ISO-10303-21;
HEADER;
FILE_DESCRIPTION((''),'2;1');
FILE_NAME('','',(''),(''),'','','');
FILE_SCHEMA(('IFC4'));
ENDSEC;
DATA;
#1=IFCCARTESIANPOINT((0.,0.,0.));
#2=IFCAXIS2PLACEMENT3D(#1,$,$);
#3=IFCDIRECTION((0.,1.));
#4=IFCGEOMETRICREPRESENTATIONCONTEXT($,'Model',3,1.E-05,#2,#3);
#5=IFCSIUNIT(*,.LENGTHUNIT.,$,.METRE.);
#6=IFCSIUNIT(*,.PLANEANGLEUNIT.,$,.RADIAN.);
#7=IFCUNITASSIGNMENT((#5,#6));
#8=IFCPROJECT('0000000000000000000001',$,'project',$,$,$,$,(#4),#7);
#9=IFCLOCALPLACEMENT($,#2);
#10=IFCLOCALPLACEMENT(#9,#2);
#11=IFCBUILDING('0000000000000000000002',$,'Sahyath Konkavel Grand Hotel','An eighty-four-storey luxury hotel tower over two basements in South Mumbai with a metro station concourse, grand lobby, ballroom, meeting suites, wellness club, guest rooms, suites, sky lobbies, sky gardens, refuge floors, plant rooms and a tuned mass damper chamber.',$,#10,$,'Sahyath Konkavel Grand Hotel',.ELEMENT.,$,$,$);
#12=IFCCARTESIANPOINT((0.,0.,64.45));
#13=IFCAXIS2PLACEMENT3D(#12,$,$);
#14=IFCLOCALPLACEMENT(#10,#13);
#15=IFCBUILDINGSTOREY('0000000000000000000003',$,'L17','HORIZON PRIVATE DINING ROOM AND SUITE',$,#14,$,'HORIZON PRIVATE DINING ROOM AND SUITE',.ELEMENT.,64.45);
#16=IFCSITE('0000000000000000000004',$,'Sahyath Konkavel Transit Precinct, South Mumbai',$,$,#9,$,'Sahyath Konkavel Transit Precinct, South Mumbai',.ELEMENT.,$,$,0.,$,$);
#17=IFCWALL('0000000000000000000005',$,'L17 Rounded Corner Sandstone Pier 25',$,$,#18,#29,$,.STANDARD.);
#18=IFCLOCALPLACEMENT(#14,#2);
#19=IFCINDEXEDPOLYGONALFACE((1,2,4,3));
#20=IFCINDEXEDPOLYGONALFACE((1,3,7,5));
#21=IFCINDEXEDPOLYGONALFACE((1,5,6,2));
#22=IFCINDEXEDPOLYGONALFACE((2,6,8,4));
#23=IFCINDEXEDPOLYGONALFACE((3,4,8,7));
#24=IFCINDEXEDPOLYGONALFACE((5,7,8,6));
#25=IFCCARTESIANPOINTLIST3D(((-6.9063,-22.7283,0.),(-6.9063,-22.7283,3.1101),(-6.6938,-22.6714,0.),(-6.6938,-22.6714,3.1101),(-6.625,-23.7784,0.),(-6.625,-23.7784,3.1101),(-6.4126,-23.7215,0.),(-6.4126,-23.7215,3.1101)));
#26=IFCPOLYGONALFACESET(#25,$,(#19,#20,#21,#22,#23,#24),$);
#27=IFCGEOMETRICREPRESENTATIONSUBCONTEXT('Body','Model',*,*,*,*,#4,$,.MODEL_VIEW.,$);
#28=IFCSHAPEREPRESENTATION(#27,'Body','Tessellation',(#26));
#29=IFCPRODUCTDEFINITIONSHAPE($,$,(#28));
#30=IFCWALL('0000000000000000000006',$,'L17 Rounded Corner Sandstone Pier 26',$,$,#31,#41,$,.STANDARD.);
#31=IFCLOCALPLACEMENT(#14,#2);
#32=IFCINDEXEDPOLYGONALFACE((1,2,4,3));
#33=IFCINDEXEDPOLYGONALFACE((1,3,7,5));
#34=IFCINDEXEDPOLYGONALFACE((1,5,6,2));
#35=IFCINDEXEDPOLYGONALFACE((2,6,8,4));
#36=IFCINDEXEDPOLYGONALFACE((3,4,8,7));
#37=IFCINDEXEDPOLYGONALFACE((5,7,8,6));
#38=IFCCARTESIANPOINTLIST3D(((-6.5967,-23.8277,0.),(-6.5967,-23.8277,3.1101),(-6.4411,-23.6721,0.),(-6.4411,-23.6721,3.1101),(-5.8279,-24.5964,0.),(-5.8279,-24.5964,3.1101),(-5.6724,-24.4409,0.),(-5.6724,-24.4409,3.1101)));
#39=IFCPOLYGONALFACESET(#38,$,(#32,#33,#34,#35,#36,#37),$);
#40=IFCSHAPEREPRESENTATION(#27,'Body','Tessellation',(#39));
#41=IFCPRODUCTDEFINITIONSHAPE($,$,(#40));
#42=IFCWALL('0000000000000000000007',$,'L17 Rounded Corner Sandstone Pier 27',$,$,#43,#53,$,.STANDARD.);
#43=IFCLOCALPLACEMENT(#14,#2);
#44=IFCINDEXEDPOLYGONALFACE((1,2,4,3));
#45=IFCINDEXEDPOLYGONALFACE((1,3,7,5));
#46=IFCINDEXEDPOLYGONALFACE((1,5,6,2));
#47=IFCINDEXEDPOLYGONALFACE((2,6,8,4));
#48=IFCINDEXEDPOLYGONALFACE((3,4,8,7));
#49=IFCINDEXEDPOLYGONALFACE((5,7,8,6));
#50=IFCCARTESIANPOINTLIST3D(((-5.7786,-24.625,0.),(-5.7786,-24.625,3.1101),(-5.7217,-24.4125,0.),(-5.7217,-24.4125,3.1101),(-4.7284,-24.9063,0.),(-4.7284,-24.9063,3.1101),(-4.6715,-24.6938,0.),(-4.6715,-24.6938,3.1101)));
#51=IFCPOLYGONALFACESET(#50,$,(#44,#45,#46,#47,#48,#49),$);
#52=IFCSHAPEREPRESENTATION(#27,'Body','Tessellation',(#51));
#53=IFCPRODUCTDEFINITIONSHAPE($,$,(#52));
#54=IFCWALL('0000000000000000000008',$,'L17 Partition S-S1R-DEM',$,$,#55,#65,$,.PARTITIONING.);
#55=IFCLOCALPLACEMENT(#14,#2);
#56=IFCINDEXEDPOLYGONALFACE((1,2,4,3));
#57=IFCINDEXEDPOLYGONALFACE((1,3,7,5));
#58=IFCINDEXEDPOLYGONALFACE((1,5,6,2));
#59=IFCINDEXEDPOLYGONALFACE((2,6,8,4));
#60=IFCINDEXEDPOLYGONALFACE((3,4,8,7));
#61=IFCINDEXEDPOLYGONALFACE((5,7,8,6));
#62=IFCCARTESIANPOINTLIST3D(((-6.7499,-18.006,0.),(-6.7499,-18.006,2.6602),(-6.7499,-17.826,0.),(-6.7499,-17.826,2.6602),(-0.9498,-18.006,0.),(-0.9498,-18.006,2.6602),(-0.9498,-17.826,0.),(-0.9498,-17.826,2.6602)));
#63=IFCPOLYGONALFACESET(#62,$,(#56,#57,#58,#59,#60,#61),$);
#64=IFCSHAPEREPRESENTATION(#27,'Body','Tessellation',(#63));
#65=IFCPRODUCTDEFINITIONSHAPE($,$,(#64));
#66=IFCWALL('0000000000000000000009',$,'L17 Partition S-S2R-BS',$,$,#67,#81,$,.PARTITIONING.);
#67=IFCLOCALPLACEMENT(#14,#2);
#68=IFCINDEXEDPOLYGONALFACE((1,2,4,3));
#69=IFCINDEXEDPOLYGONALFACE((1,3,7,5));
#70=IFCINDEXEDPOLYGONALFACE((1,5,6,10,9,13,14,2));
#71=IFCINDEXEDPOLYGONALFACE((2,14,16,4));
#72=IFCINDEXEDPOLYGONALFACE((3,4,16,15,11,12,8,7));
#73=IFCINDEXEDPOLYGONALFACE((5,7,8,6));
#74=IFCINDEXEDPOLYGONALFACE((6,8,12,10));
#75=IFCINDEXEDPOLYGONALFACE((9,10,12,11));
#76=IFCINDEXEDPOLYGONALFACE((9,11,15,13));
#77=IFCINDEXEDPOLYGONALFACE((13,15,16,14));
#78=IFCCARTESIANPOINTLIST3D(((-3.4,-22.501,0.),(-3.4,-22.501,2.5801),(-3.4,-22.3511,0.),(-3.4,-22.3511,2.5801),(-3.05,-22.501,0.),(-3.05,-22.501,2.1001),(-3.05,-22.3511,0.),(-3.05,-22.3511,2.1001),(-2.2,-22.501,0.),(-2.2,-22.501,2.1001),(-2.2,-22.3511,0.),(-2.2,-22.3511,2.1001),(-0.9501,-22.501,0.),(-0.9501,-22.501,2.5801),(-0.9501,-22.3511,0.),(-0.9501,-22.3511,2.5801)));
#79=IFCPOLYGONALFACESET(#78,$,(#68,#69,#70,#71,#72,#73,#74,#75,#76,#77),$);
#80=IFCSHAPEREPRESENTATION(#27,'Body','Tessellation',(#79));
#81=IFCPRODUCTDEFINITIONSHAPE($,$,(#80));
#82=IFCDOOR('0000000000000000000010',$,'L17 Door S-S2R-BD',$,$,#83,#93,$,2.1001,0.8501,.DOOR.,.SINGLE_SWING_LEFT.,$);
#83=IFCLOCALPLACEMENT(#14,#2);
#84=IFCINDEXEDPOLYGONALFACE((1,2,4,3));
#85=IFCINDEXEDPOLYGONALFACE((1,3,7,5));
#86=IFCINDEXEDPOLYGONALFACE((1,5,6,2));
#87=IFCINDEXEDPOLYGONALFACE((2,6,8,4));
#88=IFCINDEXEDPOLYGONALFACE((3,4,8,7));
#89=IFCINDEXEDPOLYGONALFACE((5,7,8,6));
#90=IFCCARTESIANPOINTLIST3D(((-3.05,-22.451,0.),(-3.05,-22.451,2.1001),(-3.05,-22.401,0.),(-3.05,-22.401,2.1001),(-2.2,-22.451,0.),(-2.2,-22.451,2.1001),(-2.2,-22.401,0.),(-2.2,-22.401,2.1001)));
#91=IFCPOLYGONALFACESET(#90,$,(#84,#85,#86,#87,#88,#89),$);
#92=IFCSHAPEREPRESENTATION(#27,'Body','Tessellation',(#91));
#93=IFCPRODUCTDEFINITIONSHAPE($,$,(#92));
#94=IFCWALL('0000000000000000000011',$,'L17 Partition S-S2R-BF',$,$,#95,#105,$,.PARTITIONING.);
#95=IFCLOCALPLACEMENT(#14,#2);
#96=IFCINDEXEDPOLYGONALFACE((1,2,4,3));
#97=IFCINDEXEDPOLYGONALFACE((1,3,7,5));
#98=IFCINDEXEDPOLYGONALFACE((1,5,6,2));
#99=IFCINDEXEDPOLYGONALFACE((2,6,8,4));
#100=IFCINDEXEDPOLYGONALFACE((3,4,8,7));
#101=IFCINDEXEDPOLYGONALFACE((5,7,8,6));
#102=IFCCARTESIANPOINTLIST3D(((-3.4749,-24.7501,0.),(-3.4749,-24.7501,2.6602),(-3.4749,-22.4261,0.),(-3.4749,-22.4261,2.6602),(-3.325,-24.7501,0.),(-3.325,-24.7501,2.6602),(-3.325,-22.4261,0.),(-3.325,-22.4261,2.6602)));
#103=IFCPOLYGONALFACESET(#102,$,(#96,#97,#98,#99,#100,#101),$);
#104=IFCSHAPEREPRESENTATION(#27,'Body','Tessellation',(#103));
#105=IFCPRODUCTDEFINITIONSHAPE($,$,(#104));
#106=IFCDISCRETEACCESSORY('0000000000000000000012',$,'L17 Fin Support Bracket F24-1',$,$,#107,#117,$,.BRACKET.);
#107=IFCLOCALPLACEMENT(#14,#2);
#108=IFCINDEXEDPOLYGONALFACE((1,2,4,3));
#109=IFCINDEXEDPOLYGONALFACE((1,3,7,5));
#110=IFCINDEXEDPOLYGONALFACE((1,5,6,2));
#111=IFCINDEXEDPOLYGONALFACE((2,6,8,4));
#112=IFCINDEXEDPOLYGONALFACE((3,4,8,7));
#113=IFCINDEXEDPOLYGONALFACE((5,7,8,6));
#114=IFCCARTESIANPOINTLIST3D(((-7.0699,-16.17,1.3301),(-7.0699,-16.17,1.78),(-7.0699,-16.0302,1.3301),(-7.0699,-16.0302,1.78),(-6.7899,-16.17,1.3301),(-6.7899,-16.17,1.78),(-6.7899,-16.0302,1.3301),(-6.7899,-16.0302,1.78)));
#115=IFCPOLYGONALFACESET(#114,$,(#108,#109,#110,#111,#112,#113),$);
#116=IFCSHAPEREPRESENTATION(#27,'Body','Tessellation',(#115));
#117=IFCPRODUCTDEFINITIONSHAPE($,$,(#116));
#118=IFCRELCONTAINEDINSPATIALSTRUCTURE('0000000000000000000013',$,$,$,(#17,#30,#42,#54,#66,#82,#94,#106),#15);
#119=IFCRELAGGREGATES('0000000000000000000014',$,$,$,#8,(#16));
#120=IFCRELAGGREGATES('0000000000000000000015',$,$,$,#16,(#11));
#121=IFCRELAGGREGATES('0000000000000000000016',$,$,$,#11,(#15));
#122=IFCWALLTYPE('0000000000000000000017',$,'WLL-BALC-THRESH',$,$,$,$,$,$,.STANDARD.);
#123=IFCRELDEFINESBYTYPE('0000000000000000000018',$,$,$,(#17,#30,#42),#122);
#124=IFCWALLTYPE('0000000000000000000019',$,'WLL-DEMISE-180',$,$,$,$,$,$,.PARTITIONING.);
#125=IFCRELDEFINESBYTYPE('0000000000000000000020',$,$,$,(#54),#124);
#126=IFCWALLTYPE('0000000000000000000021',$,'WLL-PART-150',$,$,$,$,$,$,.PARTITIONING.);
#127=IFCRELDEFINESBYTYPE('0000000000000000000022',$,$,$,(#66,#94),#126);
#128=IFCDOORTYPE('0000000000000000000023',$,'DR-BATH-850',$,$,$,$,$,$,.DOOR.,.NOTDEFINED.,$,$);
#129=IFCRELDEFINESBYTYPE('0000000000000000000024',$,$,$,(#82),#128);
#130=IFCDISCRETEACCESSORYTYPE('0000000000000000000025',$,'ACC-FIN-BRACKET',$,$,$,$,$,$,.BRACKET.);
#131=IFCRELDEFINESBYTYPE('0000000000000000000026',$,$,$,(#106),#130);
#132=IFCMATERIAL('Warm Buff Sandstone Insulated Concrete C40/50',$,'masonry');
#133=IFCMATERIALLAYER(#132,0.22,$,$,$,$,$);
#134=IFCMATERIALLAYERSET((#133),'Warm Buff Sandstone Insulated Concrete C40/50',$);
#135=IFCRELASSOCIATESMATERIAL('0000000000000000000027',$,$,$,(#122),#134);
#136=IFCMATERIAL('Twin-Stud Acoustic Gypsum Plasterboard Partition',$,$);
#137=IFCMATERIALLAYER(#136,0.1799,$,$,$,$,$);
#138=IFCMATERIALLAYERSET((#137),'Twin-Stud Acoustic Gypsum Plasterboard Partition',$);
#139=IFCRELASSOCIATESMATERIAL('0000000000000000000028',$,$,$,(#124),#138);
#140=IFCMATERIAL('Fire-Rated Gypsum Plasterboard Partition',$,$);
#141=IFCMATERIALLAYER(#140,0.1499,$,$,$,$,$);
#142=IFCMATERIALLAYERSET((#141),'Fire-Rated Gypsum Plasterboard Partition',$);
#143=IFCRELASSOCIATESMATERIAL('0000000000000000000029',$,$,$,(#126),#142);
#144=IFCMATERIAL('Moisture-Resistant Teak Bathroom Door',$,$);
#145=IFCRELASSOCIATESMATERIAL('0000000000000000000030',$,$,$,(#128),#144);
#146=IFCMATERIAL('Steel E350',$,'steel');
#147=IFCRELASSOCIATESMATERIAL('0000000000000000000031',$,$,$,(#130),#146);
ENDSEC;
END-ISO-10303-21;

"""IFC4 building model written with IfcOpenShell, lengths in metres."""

from ifc_helpers import new_model, si_unit, direction, frame, frame_2d, origin, origin_2d, place, context, subcontext, project, spatial, rectangle, extrude, source, transform, mapped, material, layer, layer_set, type_object, element, fill, save


model = new_model("IFC4")

# Units and contexts
model_context = context("Model", 3, precision=1e-05, world=origin(), true_north=direction((0.0, 1.0)))
body_context = subcontext(model_context, "Body", "Model", "MODEL_VIEW")
ifc_project = project(units=[si_unit("LENGTHUNIT", "METRE"), si_unit("PLANEANGLEUNIT", "RADIAN")], contexts=[model_context])

# Site, building, storey
site_placement = place(None, origin())
site = spatial("IfcSite", under=ifc_project, at=site_placement, Name="Sahyath Konkavel Transit Precinct, South Mumbai", LongName="Sahyath Konkavel Transit Precinct, South Mumbai", CompositionType="ELEMENT", RefElevation=0.0)
building_placement = place(site_placement, origin())
building = spatial("IfcBuilding", under=site, at=building_placement, Name="Sahyath Konkavel Grand Hotel", Description="An eighty-four-storey luxury hotel tower over two basements in South Mumbai with a metro station concourse, grand lobby, ballroom, meeting suites, wellness club, guest rooms, suites, sky lobbies, sky gardens, refuge floors, plant rooms and a tuned mass damper chamber.", LongName="Sahyath Konkavel Grand Hotel", CompositionType="ELEMENT")
storey_placement = place(building_placement, frame((0.0, 0.0, 64.45)))
storey = spatial("IfcBuildingStorey", under=building, at=storey_placement, Name="L17", Description="HORIZON PRIVATE DINING ROOM AND SUITE", LongName="HORIZON PRIVATE DINING ROOM AND SUITE", CompositionType="ELEMENT", Elevation=64.45)

# Shared definitions
ifc_material_1 = material(Name="Steel E350", Category="steel")

# Walls
ifc_material_2 = material(Name="Warm Buff Sandstone Insulated Concrete C40/50", Category="masonry")
ifc_layer_1 = layer(ifc_material_2, 0.22)
ifc_layer_set_1 = layer_set([ifc_layer_1], Name="Warm Buff Sandstone Insulated Concrete C40/50")
wall_type_1 = type_object("IfcWallType", Name="WLL-BALC-THRESH", PredefinedType="STANDARD", material=ifc_layer_set_1)
for number, where, z_axis, x_axis, name in (
    (1, (-6.8, -22.7, 0.0), (0.0, 0.0, 1.0), (0.258725, -0.965951, 0.0), "L17 Rounded Corner Sandstone Pier 25"),
    (2, (-6.5188, -23.75, 0.0), (0.0, 0.0, 1.0), (0.707107, -0.707107, 0.0), "L17 Rounded Corner Sandstone Pier 26"),
    (3, (-5.75, -24.5188, 0.0), (0.0, 0.0, 1.0), (0.965951, -0.258725, 0.0), "L17 Rounded Corner Sandstone Pier 27"),
):
    element("IfcWall", number, at=place(storey_placement, frame(where, z_axis=z_axis, x_axis=x_axis)), inside=storey, type_object=wall_type_1, Name=name, PredefinedType="STANDARD", context=body_context, shape_type="SweptSolid", body=[
        extrude(rectangle(XDim=1.0872, YDim=0.22, at=frame_2d((0.5435, 0.0))), origin(), (0.0, 0.0, 1.0), 3.1101),
    ])
ifc_material_3 = material(Name="Twin-Stud Acoustic Gypsum Plasterboard Partition")
ifc_layer_2 = layer(ifc_material_3, 0.1799)
ifc_layer_set_2 = layer_set([ifc_layer_2], Name="Twin-Stud Acoustic Gypsum Plasterboard Partition")
wall_type_2 = type_object("IfcWallType", Name="WLL-DEMISE-180", PredefinedType="PARTITIONING", material=ifc_layer_set_2)
wall_1_placement = place(storey_placement, frame((-0.95, -17.916, 0.0), z_axis=(0.0, 0.0, 1.0), x_axis=(-1.0, 0.0, 0.0)))
element("IfcWall", 4, at=wall_1_placement, inside=storey, type_object=wall_type_2, Name="L17 Partition S-S1R-DEM", PredefinedType="PARTITIONING", context=body_context, shape_type="SweptSolid", body=[
    extrude(rectangle(XDim=5.8, YDim=0.1799, at=frame_2d((2.8999, 0.0))), origin(), (0.0, 0.0, 1.0), 2.6602),
])

# Wall, opening, door
ifc_material_4 = material(Name="Fire-Rated Gypsum Plasterboard Partition")
ifc_layer_3 = layer(ifc_material_4, 0.1499)
ifc_layer_set_3 = layer_set([ifc_layer_3], Name="Fire-Rated Gypsum Plasterboard Partition")
wall_type_3 = type_object("IfcWallType", Name="WLL-PART-150", PredefinedType="PARTITIONING", material=ifc_layer_set_3)
wall_2_placement = place(storey_placement, frame((-0.95, -22.426, 0.0), z_axis=(0.0, 0.0, 1.0), x_axis=(-1.0, 0.0, 0.0)))
wall_2 = element("IfcWall", 5, at=wall_2_placement, inside=storey, type_object=wall_type_3, Name="L17 Partition S-S2R-BS", PredefinedType="PARTITIONING", context=body_context, shape_type="SweptSolid", body=[
    extrude(rectangle(XDim=2.45, YDim=0.1499, at=frame_2d((1.2251, 0.0))), origin(), (0.0, 0.0, 1.0), 2.5801),
])
opening_placement = place(wall_2_placement, frame((1.25, 0.0, 0.0)))
opening = element("IfcOpeningElement", 6, at=opening_placement, cuts=wall_2, PredefinedType="OPENING", context=body_context, shape_type="SweptSolid", body=[
    extrude(rectangle(XDim=0.8501, YDim=2.1001, at=frame_2d((0.425, 1.05))), frame((0.0, 0.085, 0.0), z_axis=(0.0, -1.0, 0.0), x_axis=(1.0, 0.0, 0.0)), (0.0, 0.0, 1.0), 0.1699),
])
ifc_material_5 = material(Name="Moisture-Resistant Teak Bathroom Door")
door_type = type_object("IfcDoorType", Name="DR-BATH-850", OperationType="NOTDEFINED", PredefinedType="DOOR", material=ifc_material_5)
shared_shape_1 = source(origin(), body_context, "Body", "SweptSolid", [
    extrude(rectangle(XDim=0.8501, YDim=0.05, at=origin_2d()), origin(), (0.0, 0.0, 1.0), 2.1001),
])
door_placement = place(opening_placement, frame((0.425, 0.0, 0.0)))
door = element("IfcDoor", 7, at=door_placement, inside=storey, type_object=door_type, Name="L17 Door S-S2R-BD", OperationType="SINGLE_SWING_LEFT", OverallHeight=2.1001, OverallWidth=0.8501, PredefinedType="DOOR", context=body_context, shape_type="MappedRepresentation", body=[
    mapped(shared_shape_1, transform((0.0, 0.0, 0.0), scale=1.0)),
])
fill(opening, door)

# Wall
wall_3_placement = place(storey_placement, frame((-3.3999, -22.426, 0.0), z_axis=(0.0, 0.0, 1.0), x_axis=(0.0, -1.0, 0.0)))
element("IfcWall", 8, at=wall_3_placement, inside=storey, type_object=wall_type_3, Name="L17 Partition S-S2R-BF", PredefinedType="PARTITIONING", context=body_context, shape_type="SweptSolid", body=[
    extrude(rectangle(XDim=2.324, YDim=0.1499, at=frame_2d((1.1621, 0.0))), origin(), (0.0, 0.0, 1.0), 2.6602),
])

# Discrete accessory
discrete_accessory_type = type_object("IfcDiscreteAccessoryType", Name="ACC-FIN-BRACKET", PredefinedType="BRACKET", material=ifc_material_1)
shared_shape_2 = source(origin(), body_context, "Body", "SweptSolid", [
    extrude(rectangle(XDim=0.28, YDim=0.1399, at=origin_2d()), origin(), (0.0, 0.0, 1.0), 0.45),
])
discrete_accessory_placement = place(storey_placement, frame((-6.9299, -16.1001, 1.3301), z_axis=(0.0, 0.0, 1.0), x_axis=(-1.0, 0.0, 0.0)))
element("IfcDiscreteAccessory", 9, at=discrete_accessory_placement, inside=storey, type_object=discrete_accessory_type, Name="L17 Fin Support Bracket F24-1", PredefinedType="BRACKET", context=body_context, shape_type="MappedRepresentation", body=[
    mapped(shared_shape_2, transform((0.0, 0.0, 0.0), scale=1.0)),
])

save(model, "model.ifc")
